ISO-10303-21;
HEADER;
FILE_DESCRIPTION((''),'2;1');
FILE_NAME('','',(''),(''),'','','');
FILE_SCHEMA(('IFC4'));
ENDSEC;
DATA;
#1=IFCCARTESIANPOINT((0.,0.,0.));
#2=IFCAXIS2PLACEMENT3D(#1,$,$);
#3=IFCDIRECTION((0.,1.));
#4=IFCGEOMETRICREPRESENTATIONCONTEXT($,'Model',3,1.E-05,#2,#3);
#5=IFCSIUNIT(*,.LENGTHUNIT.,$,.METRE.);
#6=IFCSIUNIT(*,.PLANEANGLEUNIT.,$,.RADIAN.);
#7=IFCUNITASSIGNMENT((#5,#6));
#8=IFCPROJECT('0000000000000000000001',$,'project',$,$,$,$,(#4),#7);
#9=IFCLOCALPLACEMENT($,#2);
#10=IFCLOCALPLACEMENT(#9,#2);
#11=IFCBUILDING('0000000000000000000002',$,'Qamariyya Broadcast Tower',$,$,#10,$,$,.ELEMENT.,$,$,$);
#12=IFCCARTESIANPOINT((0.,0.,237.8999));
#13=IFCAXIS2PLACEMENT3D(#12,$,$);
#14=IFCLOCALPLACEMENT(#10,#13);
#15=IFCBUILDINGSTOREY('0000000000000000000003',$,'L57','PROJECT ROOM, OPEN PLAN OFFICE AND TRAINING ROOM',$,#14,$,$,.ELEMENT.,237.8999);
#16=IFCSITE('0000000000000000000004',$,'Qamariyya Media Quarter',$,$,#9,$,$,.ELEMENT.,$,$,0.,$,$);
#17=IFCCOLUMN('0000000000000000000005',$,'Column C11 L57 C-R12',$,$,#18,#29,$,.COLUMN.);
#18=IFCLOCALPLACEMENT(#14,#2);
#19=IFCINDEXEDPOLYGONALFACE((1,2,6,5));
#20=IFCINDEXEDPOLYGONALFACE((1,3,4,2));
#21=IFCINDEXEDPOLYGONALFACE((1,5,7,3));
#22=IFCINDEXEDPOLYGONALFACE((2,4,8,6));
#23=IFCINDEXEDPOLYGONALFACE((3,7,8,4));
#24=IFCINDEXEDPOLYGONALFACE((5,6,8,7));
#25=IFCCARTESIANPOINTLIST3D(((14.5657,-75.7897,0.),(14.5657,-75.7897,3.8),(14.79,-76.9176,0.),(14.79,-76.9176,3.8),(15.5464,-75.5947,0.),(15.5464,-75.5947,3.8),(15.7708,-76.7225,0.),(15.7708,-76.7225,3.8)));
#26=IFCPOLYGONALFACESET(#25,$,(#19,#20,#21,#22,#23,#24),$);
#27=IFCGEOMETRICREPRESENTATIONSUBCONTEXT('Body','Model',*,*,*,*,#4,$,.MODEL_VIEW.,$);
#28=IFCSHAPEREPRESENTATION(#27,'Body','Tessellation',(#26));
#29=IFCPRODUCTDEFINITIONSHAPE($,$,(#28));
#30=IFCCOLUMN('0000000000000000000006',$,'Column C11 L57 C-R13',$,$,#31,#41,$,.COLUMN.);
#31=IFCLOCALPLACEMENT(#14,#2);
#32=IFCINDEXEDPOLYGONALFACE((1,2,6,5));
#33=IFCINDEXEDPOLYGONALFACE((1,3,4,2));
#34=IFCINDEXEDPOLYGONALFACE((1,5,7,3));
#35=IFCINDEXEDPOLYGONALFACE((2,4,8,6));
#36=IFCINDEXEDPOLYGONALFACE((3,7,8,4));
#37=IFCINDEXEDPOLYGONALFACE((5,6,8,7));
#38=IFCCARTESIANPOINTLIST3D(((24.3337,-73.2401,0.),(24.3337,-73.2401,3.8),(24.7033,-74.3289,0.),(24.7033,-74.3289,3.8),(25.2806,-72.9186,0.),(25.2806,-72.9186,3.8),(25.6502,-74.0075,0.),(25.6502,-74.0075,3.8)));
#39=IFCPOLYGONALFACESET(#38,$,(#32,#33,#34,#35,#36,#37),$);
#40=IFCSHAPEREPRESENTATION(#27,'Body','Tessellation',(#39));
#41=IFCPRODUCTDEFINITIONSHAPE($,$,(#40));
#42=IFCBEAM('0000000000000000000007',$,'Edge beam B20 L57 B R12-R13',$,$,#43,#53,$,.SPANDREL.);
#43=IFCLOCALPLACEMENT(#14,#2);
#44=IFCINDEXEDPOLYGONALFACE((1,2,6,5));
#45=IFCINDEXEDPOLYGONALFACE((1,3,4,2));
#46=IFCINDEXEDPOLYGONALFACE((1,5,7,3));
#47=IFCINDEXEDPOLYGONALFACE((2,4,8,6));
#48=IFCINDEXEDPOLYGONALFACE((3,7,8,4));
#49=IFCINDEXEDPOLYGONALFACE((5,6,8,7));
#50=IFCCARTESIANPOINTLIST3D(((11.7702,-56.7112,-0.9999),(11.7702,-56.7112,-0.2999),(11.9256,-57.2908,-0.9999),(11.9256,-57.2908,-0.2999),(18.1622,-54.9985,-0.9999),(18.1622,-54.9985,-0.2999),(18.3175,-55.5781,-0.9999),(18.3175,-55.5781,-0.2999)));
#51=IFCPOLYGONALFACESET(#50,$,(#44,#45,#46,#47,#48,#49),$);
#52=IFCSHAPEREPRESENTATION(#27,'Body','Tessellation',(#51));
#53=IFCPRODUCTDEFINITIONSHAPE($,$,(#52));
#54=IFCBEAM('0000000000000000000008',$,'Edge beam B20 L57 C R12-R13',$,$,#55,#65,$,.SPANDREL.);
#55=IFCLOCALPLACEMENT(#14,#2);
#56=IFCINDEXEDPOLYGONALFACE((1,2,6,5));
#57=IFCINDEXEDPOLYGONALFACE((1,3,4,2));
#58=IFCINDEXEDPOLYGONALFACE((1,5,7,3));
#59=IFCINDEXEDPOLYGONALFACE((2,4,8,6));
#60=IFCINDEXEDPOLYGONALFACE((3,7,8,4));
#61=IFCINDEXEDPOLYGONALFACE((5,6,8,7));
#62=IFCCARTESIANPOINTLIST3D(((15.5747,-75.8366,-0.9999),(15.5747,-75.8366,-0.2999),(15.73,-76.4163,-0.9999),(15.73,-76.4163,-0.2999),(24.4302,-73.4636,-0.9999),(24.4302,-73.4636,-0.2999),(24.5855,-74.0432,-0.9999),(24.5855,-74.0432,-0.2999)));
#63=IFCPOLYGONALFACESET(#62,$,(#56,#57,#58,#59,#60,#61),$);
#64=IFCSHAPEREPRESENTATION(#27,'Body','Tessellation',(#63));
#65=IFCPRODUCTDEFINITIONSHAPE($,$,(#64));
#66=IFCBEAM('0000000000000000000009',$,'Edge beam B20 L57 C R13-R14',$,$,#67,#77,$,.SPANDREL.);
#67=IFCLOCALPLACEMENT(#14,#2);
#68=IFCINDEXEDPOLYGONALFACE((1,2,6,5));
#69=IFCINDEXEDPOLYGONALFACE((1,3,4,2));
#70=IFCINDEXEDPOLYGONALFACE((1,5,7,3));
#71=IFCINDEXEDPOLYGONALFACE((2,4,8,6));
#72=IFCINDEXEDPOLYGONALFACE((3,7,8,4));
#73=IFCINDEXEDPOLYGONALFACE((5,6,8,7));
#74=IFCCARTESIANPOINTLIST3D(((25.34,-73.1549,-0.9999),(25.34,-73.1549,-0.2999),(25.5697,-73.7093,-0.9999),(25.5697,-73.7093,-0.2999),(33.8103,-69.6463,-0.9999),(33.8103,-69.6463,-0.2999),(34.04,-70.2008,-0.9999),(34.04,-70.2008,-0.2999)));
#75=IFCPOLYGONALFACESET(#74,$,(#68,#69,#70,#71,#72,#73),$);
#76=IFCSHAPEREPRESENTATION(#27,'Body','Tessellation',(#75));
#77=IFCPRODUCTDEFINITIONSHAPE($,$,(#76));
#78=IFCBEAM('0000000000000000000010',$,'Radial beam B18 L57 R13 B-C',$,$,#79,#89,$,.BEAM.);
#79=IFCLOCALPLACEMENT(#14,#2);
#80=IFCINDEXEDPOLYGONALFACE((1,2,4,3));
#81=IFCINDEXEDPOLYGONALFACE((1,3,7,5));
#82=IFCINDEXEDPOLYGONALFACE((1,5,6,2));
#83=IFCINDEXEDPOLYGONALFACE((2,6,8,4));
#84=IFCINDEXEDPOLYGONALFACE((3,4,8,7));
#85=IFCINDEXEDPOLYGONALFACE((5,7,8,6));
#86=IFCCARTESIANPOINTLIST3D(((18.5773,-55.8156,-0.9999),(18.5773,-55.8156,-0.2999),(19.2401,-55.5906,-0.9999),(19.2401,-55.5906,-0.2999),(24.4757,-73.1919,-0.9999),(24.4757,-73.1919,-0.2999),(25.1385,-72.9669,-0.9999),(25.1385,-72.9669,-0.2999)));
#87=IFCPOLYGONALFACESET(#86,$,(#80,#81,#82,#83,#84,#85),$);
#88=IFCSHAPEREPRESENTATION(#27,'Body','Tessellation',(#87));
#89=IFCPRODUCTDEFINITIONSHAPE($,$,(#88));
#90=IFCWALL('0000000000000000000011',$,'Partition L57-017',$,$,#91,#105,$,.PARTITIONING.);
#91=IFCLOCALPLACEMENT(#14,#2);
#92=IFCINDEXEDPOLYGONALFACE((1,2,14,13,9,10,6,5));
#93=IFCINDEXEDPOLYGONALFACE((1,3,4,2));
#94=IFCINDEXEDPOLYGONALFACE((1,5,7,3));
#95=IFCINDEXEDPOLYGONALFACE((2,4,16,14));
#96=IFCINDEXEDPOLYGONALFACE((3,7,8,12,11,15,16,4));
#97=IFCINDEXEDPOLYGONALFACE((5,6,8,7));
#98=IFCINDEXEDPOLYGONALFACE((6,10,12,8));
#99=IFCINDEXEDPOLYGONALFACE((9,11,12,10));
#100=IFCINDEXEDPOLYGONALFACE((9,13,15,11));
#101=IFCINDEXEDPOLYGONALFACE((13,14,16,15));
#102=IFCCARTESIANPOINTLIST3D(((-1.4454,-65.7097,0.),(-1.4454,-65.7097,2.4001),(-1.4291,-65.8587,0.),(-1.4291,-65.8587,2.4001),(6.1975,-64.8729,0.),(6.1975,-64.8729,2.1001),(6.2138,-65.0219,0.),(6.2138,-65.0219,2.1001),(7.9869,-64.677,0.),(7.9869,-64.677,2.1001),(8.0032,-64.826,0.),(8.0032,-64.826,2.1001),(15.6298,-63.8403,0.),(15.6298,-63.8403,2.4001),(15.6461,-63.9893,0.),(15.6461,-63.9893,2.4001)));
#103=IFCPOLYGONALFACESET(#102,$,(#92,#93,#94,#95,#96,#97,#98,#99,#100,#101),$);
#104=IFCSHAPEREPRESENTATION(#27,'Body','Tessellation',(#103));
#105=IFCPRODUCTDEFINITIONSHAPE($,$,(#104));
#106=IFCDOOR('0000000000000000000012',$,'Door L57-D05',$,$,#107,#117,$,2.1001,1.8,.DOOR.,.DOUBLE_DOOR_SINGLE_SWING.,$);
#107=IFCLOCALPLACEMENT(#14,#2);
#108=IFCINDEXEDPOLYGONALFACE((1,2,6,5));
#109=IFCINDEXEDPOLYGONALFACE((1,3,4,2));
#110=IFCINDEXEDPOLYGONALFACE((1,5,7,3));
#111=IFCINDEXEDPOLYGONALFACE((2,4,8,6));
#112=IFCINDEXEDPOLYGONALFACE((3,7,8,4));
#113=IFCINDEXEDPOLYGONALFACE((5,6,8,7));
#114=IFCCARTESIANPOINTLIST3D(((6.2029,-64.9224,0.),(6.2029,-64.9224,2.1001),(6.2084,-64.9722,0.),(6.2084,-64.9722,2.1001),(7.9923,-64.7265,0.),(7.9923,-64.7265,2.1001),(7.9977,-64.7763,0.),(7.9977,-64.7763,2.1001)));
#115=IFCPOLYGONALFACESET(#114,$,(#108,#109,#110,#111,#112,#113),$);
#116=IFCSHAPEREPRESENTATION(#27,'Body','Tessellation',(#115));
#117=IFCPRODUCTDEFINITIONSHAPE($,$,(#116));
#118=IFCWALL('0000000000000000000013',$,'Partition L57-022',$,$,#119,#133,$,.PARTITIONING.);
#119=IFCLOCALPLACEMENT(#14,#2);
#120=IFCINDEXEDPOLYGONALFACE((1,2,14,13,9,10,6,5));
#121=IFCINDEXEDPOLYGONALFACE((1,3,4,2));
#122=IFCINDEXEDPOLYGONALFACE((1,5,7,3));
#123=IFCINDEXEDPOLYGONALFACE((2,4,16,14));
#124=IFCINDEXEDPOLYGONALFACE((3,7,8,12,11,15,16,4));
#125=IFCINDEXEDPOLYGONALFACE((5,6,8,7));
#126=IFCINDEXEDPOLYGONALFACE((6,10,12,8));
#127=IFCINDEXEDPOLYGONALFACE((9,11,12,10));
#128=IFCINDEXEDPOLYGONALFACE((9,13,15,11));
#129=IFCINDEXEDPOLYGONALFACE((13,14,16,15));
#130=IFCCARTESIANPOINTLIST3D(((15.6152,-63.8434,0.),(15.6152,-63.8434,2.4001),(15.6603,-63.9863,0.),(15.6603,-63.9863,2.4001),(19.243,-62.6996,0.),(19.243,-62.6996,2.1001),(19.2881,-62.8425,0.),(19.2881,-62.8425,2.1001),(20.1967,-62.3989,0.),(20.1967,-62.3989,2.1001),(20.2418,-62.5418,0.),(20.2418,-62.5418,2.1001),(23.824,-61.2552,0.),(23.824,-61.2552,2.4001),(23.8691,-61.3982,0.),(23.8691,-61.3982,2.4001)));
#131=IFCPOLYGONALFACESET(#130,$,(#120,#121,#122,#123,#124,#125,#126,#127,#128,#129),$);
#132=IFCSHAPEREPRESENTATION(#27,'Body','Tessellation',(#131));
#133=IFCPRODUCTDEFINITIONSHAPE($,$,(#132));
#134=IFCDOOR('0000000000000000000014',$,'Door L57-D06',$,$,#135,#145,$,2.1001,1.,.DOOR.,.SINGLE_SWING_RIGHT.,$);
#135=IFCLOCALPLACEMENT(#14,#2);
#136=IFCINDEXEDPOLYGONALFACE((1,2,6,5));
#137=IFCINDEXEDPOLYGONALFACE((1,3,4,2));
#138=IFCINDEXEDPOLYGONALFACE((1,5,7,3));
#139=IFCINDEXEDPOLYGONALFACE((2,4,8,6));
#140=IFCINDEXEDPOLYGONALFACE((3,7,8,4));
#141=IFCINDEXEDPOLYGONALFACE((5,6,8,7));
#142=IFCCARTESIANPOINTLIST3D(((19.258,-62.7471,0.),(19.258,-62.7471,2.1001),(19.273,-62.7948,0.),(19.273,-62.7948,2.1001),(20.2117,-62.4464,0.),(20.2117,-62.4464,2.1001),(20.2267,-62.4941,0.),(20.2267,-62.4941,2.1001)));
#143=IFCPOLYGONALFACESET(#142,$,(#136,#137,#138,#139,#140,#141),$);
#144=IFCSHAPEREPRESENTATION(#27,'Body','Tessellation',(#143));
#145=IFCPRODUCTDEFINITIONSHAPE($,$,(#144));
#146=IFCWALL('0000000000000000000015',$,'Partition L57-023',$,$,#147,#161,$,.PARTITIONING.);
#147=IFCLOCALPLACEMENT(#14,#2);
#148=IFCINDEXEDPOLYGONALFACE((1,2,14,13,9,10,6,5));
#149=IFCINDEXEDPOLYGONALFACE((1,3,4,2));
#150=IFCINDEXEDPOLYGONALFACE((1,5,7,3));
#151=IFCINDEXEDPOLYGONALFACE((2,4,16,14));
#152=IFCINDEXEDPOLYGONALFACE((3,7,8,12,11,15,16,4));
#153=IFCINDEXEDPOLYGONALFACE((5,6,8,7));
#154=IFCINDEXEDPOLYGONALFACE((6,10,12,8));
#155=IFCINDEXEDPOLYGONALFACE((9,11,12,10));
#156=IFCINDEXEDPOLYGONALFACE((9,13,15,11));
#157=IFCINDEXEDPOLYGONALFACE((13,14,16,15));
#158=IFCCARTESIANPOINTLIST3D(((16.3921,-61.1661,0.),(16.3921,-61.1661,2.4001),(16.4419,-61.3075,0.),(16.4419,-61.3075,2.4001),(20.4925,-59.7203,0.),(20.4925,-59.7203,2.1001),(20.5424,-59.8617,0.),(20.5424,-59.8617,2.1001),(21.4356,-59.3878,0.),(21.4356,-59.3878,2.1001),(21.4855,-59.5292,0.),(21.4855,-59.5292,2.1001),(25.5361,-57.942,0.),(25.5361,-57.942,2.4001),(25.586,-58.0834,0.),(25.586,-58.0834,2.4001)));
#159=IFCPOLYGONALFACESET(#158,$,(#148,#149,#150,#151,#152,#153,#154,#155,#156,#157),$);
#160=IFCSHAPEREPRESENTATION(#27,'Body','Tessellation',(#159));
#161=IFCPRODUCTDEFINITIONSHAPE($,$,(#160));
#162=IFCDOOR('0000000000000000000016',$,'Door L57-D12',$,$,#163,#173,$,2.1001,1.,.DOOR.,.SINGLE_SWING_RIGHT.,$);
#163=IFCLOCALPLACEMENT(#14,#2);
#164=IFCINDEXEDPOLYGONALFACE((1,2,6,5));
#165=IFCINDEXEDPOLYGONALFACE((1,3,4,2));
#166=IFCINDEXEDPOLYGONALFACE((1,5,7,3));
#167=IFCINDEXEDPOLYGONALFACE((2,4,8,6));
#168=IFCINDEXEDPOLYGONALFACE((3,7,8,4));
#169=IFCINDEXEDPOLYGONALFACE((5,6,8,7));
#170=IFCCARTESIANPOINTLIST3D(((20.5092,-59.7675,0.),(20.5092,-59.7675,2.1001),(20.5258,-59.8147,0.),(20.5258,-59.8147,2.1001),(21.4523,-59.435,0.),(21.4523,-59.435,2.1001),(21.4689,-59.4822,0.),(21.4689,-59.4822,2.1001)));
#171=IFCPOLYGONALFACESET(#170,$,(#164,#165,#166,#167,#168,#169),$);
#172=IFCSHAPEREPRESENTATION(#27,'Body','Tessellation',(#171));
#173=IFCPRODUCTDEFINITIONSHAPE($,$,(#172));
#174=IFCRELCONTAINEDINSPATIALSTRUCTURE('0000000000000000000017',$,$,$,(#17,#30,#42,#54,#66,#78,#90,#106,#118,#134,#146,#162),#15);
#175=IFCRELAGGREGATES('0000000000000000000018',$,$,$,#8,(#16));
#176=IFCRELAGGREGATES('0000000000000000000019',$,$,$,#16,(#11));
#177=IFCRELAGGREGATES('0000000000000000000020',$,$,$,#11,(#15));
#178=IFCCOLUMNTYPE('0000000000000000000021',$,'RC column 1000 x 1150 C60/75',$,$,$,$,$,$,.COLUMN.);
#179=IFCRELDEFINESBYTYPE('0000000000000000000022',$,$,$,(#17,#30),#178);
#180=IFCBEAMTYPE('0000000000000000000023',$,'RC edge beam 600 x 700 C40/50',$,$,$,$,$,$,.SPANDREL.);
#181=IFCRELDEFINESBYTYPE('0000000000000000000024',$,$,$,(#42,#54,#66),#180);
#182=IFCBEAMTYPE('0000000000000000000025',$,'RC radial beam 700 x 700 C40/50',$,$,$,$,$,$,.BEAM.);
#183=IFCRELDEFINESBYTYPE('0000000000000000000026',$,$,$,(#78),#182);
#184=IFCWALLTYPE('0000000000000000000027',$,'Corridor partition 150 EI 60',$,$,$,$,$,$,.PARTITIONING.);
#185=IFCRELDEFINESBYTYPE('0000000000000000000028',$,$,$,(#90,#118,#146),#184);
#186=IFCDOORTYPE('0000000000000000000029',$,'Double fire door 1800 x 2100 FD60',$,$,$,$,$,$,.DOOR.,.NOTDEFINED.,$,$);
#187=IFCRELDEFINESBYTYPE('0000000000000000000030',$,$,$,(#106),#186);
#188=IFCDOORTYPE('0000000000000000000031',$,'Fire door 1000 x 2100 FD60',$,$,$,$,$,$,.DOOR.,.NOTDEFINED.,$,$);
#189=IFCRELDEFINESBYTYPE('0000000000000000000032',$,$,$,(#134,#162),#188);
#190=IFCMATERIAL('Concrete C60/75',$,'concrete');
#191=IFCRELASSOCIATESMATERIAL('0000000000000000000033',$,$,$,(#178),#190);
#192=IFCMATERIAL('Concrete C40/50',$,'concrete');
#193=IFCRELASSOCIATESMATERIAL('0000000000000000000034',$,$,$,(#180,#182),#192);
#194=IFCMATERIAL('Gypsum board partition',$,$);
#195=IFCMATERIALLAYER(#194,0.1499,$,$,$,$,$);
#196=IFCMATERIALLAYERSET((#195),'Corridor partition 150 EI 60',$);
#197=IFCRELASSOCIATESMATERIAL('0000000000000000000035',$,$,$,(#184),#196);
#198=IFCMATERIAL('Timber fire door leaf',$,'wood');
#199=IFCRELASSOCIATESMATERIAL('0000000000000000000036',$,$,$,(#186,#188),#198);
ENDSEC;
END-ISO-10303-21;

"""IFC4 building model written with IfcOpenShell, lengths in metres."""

from ifc_helpers import new_model, si_unit, direction, frame, frame_2d, origin, origin_2d, place, context, subcontext, project, spatial, rectangle, extrude, material, layer, layer_set, material_profile, profile_set, type_object, element, fill, save


model = new_model("IFC4")

# Units and contexts
model_context = context("Model", 3, precision=1e-05, world=origin(), true_north=direction((0.0, 1.0)))
body_context = subcontext(model_context, "Body", "Model", "MODEL_VIEW")
ifc_project = project(units=[si_unit("LENGTHUNIT", "METRE"), si_unit("PLANEANGLEUNIT", "RADIAN")], contexts=[model_context])

# Site, building, storey
site_placement = place(None, origin())
site = spatial("IfcSite", under=ifc_project, at=site_placement, Name="Qamariyya Media Quarter", CompositionType="ELEMENT", RefElevation=0.0)
building_placement = place(site_placement, origin())
building = spatial("IfcBuilding", under=site, at=building_placement, Name="Qamariyya Broadcast Tower", CompositionType="ELEMENT")
storey_placement = place(building_placement, frame((0.0, 0.0, 237.8999)))
storey = spatial("IfcBuildingStorey", under=building, at=storey_placement, Name="L57", Description="PROJECT ROOM, OPEN PLAN OFFICE AND TRAINING ROOM", CompositionType="ELEMENT", Elevation=237.8999)

# Columns
ifc_material_1 = material(Name="Concrete C60/75", Category="concrete")
ifc_material_profile_1 = material_profile(ifc_material_1, rectangle(XDim=1.0, YDim=1.1499, at=origin_2d()))
ifc_profile_set_1 = profile_set([ifc_material_profile_1], Name="Concrete C60/75")
column_type = type_object("IfcColumnType", Name="RC column 1000 x 1150 C60/75", PredefinedType="COLUMN", material=ifc_profile_set_1)
for number, where, z_axis, x_axis, name in (
    (1, (15.1682, -76.2561, 0.0), (0.0, 0.0, 1.0), (0.980785, 0.19509, 0.0), "Column C11 L57 C-R12"),
    (2, (24.9919, -73.6238, 0.0), (0.0, 0.0, 1.0), (0.94693, 0.321439, 0.0), "Column C11 L57 C-R13"),
):
    element("IfcColumn", number, at=place(storey_placement, frame(where, z_axis=z_axis, x_axis=x_axis)), inside=storey, type_object=column_type, Name=name, PredefinedType="COLUMN", context=body_context, shape_type="SweptSolid", body=[
        extrude(rectangle(XDim=1.0, YDim=1.1499, at=origin_2d()), origin(), (0.0, 0.0, 1.0), 3.8),
    ])

# Beams
ifc_material_2 = material(Name="Concrete C40/50", Category="concrete")
ifc_material_profile_2 = material_profile(ifc_material_2, rectangle(XDim=0.6001, YDim=0.7, at=origin_2d()))
ifc_profile_set_2 = profile_set([ifc_material_profile_2], Name="Concrete C40/50")
beam_type_1 = type_object("IfcBeamType", Name="RC edge beam 600 x 700 C40/50", PredefinedType="SPANDREL", material=ifc_profile_set_2)
beam_1_placement = place(storey_placement, frame((11.8479, -57.001, -0.6499), z_axis=(0.965927, 0.258813, 0.0), x_axis=(-0.258813, 0.965927, 0.0)))
element("IfcBeam", 3, at=beam_1_placement, inside=storey, type_object=beam_type_1, Name="Edge beam B20 L57 B R12-R13", PredefinedType="SPANDREL", context=body_context, shape_type="SweptSolid", body=[
    extrude(rectangle(XDim=0.6001, YDim=0.7, at=origin_2d()), origin(), (0.0, 0.0, 1.0), 6.6174),
])
beam_2_placement = place(storey_placement, frame((15.6523, -76.1265, -0.6499), z_axis=(0.96592, 0.258843, 0.0), x_axis=(-0.258843, 0.96592, 0.0)))
element("IfcBeam", 4, at=beam_2_placement, inside=storey, type_object=beam_type_1, Name="Edge beam B20 L57 C R12-R13", PredefinedType="SPANDREL", context=body_context, shape_type="SweptSolid", body=[
    extrude(rectangle(XDim=0.6001, YDim=0.7, at=origin_2d()), origin(), (0.0, 0.0, 1.0), 9.168),
])
beam_3_placement = place(storey_placement, frame((25.4548, -73.4321, -0.6499), z_axis=(0.923877, 0.38269, 0.0), x_axis=(-0.38269, 0.923877, 0.0)))
element("IfcBeam", 5, at=beam_3_placement, inside=storey, type_object=beam_type_1, Name="Edge beam B20 L57 C R13-R14", PredefinedType="SPANDREL", context=body_context, shape_type="SweptSolid", body=[
    extrude(rectangle(XDim=0.6001, YDim=0.7, at=origin_2d()), origin(), (0.0, 0.0, 1.0), 9.1682),
])
ifc_material_profile_3 = material_profile(ifc_material_2, rectangle(XDim=0.7, YDim=0.7, at=origin_2d()))
ifc_profile_set_3 = profile_set([ifc_material_profile_3], Name="Concrete C40/50")
beam_type_2 = type_object("IfcBeamType", Name="RC radial beam 700 x 700 C40/50", PredefinedType="BEAM", material=ifc_profile_set_3)
beam_4_placement = place(storey_placement, frame((18.9087, -55.7031, -0.6499), z_axis=(0.32144, -0.94693, 0.0), x_axis=(0.94693, 0.32144, 0.0)))
element("IfcBeam", 6, at=beam_4_placement, inside=storey, type_object=beam_type_2, Name="Radial beam B18 L57 R13 B-C", PredefinedType="BEAM", context=body_context, shape_type="SweptSolid", body=[
    extrude(rectangle(XDim=0.7, YDim=0.7, at=origin_2d()), origin(), (0.0, 0.0, 1.0), 18.3501),
])

# Walls, openings, doors
ifc_material_3 = material(Name="Gypsum board partition")
ifc_layer_1 = layer(ifc_material_3, 0.1499)
ifc_layer_set_1 = layer_set([ifc_layer_1], Name="Corridor partition 150 EI 60")
wall_type_1 = type_object("IfcWallType", Name="Corridor partition 150 EI 60", PredefinedType="PARTITIONING", material=ifc_layer_set_1)
wall_1_placement = place(storey_placement, frame((15.6379, -63.9148, 0.0), z_axis=(0.0, 0.0, 1.0), x_axis=(-0.99406, -0.108829, 0.0)))
wall_1 = element("IfcWall", 7, at=wall_1_placement, inside=storey, type_object=wall_type_1, Name="Partition L57-017", PredefinedType="PARTITIONING", context=body_context, shape_type="SweptSolid", body=[
    extrude(rectangle(XDim=17.1772, YDim=0.1499, at=frame_2d((8.5886, 0.0))), origin(), (0.0, 0.0, 1.0), 2.4001),
])
opening_1_placement = place(wall_1_placement, frame((7.6887, 0.0, 0.0)))
opening_1 = element("IfcOpeningElement", 8, at=opening_1_placement, cuts=wall_1, PredefinedType="OPENING", context=body_context, shape_type="SweptSolid", body=[
    extrude(rectangle(XDim=1.8, YDim=2.1001, at=frame_2d((0.8999, 1.05))), frame((0.0, 0.085, 0.0), z_axis=(0.0, -1.0, 0.0), x_axis=(1.0, 0.0, 0.0)), (0.0, 0.0, 1.0), 0.1699),
])
ifc_material_4 = material(Name="Timber fire door leaf", Category="wood")
door_type_1 = type_object("IfcDoorType", Name="Double fire door 1800 x 2100 FD60", OperationType="NOTDEFINED", PredefinedType="DOOR", material=ifc_material_4)
door_1_placement = place(opening_1_placement, origin())
door_1 = element("IfcDoor", 9, at=door_1_placement, inside=storey, type_object=door_type_1, Name="Door L57-D05", OperationType="DOUBLE_DOOR_SINGLE_SWING", OverallHeight=2.1001, OverallWidth=1.8, PredefinedType="DOOR", context=body_context, shape_type="SweptSolid", body=[
    extrude(rectangle(XDim=1.8, YDim=2.1001, at=frame_2d((0.8999, 1.05))), frame((0.0, 0.0249, 0.0), z_axis=(0.0, -1.0, 0.0), x_axis=(1.0, 0.0, 0.0)), (0.0, 0.0, 1.0), 0.05),
])
fill(opening_1, door_1)
wall_2_placement = place(storey_placement, frame((23.8467, -61.3267, 0.0), z_axis=(0.0, 0.0, 1.0), x_axis=(-0.953719, -0.300698, 0.0)))
wall_2 = element("IfcWall", 10, at=wall_2_placement, inside=storey, type_object=wall_type_1, Name="Partition L57-022", PredefinedType="PARTITIONING", context=body_context, shape_type="SweptSolid", body=[
    extrude(rectangle(XDim=8.6072, YDim=0.1499, at=frame_2d((4.3037, 0.0))), origin(), (0.0, 0.0, 1.0), 2.4001),
])
opening_2_placement = place(wall_2_placement, frame((3.8035, 0.0, 0.0)))
opening_2 = element("IfcOpeningElement", 11, at=opening_2_placement, cuts=wall_2, PredefinedType="OPENING", context=body_context, shape_type="SweptSolid", body=[
    extrude(rectangle(XDim=1.0, YDim=2.1001, at=frame_2d((0.5, 1.05))), frame((0.0, 0.085, 0.0), z_axis=(0.0, -1.0, 0.0), x_axis=(1.0, 0.0, 0.0)), (0.0, 0.0, 1.0), 0.1699),
])
door_type_2 = type_object("IfcDoorType", Name="Fire door 1000 x 2100 FD60", OperationType="NOTDEFINED", PredefinedType="DOOR", material=ifc_material_4)
door_2_placement = place(opening_2_placement, origin())
door_2 = element("IfcDoor", 12, at=door_2_placement, inside=storey, type_object=door_type_2, Name="Door L57-D06", OperationType="SINGLE_SWING_RIGHT", OverallHeight=2.1001, OverallWidth=1.0, PredefinedType="DOOR", context=body_context, shape_type="SweptSolid", body=[
    extrude(rectangle(XDim=1.0, YDim=2.1001, at=frame_2d((0.5, 1.05))), frame((0.0, 0.0249, 0.0), z_axis=(0.0, -1.0, 0.0), x_axis=(1.0, 0.0, 0.0)), (0.0, 0.0, 1.0), 0.05),
])
fill(opening_2, door_2)
wall_3_placement = place(storey_placement, frame((16.417, -61.2368, 0.0), z_axis=(0.0, 0.0, 1.0), x_axis=(0.943093, 0.332528, 0.0)))
wall_3 = element("IfcWall", 13, at=wall_3_placement, inside=storey, type_object=wall_type_1, Name="Partition L57-023", PredefinedType="PARTITIONING", context=body_context, shape_type="SweptSolid", body=[
    extrude(rectangle(XDim=9.6958, YDim=0.1499, at=frame_2d((4.8479, 0.0))), origin(), (0.0, 0.0, 1.0), 2.4001),
])
opening_3_placement = place(wall_3_placement, frame((4.3479, 0.0, 0.0)))
opening_3 = element("IfcOpeningElement", 14, at=opening_3_placement, cuts=wall_3, PredefinedType="OPENING", context=body_context, shape_type="SweptSolid", body=[
    extrude(rectangle(XDim=1.0, YDim=2.1001, at=frame_2d((0.5, 1.05))), frame((0.0, 0.085, 0.0), z_axis=(0.0, -1.0, 0.0), x_axis=(1.0, 0.0, 0.0)), (0.0, 0.0, 1.0), 0.1699),
])
door_3_placement = place(opening_3_placement, origin())
door_3 = element("IfcDoor", 15, at=door_3_placement, inside=storey, type_object=door_type_2, Name="Door L57-D12", OperationType="SINGLE_SWING_RIGHT", OverallHeight=2.1001, OverallWidth=1.0, PredefinedType="DOOR", context=body_context, shape_type="SweptSolid", body=[
    extrude(rectangle(XDim=1.0, YDim=2.1001, at=frame_2d((0.5, 1.05))), frame((0.0, 0.0249, 0.0), z_axis=(0.0, -1.0, 0.0), x_axis=(1.0, 0.0, 0.0)), (0.0, 0.0, 1.0), 0.05),
])
fill(opening_3, door_3)

save(model, "model.ifc")
